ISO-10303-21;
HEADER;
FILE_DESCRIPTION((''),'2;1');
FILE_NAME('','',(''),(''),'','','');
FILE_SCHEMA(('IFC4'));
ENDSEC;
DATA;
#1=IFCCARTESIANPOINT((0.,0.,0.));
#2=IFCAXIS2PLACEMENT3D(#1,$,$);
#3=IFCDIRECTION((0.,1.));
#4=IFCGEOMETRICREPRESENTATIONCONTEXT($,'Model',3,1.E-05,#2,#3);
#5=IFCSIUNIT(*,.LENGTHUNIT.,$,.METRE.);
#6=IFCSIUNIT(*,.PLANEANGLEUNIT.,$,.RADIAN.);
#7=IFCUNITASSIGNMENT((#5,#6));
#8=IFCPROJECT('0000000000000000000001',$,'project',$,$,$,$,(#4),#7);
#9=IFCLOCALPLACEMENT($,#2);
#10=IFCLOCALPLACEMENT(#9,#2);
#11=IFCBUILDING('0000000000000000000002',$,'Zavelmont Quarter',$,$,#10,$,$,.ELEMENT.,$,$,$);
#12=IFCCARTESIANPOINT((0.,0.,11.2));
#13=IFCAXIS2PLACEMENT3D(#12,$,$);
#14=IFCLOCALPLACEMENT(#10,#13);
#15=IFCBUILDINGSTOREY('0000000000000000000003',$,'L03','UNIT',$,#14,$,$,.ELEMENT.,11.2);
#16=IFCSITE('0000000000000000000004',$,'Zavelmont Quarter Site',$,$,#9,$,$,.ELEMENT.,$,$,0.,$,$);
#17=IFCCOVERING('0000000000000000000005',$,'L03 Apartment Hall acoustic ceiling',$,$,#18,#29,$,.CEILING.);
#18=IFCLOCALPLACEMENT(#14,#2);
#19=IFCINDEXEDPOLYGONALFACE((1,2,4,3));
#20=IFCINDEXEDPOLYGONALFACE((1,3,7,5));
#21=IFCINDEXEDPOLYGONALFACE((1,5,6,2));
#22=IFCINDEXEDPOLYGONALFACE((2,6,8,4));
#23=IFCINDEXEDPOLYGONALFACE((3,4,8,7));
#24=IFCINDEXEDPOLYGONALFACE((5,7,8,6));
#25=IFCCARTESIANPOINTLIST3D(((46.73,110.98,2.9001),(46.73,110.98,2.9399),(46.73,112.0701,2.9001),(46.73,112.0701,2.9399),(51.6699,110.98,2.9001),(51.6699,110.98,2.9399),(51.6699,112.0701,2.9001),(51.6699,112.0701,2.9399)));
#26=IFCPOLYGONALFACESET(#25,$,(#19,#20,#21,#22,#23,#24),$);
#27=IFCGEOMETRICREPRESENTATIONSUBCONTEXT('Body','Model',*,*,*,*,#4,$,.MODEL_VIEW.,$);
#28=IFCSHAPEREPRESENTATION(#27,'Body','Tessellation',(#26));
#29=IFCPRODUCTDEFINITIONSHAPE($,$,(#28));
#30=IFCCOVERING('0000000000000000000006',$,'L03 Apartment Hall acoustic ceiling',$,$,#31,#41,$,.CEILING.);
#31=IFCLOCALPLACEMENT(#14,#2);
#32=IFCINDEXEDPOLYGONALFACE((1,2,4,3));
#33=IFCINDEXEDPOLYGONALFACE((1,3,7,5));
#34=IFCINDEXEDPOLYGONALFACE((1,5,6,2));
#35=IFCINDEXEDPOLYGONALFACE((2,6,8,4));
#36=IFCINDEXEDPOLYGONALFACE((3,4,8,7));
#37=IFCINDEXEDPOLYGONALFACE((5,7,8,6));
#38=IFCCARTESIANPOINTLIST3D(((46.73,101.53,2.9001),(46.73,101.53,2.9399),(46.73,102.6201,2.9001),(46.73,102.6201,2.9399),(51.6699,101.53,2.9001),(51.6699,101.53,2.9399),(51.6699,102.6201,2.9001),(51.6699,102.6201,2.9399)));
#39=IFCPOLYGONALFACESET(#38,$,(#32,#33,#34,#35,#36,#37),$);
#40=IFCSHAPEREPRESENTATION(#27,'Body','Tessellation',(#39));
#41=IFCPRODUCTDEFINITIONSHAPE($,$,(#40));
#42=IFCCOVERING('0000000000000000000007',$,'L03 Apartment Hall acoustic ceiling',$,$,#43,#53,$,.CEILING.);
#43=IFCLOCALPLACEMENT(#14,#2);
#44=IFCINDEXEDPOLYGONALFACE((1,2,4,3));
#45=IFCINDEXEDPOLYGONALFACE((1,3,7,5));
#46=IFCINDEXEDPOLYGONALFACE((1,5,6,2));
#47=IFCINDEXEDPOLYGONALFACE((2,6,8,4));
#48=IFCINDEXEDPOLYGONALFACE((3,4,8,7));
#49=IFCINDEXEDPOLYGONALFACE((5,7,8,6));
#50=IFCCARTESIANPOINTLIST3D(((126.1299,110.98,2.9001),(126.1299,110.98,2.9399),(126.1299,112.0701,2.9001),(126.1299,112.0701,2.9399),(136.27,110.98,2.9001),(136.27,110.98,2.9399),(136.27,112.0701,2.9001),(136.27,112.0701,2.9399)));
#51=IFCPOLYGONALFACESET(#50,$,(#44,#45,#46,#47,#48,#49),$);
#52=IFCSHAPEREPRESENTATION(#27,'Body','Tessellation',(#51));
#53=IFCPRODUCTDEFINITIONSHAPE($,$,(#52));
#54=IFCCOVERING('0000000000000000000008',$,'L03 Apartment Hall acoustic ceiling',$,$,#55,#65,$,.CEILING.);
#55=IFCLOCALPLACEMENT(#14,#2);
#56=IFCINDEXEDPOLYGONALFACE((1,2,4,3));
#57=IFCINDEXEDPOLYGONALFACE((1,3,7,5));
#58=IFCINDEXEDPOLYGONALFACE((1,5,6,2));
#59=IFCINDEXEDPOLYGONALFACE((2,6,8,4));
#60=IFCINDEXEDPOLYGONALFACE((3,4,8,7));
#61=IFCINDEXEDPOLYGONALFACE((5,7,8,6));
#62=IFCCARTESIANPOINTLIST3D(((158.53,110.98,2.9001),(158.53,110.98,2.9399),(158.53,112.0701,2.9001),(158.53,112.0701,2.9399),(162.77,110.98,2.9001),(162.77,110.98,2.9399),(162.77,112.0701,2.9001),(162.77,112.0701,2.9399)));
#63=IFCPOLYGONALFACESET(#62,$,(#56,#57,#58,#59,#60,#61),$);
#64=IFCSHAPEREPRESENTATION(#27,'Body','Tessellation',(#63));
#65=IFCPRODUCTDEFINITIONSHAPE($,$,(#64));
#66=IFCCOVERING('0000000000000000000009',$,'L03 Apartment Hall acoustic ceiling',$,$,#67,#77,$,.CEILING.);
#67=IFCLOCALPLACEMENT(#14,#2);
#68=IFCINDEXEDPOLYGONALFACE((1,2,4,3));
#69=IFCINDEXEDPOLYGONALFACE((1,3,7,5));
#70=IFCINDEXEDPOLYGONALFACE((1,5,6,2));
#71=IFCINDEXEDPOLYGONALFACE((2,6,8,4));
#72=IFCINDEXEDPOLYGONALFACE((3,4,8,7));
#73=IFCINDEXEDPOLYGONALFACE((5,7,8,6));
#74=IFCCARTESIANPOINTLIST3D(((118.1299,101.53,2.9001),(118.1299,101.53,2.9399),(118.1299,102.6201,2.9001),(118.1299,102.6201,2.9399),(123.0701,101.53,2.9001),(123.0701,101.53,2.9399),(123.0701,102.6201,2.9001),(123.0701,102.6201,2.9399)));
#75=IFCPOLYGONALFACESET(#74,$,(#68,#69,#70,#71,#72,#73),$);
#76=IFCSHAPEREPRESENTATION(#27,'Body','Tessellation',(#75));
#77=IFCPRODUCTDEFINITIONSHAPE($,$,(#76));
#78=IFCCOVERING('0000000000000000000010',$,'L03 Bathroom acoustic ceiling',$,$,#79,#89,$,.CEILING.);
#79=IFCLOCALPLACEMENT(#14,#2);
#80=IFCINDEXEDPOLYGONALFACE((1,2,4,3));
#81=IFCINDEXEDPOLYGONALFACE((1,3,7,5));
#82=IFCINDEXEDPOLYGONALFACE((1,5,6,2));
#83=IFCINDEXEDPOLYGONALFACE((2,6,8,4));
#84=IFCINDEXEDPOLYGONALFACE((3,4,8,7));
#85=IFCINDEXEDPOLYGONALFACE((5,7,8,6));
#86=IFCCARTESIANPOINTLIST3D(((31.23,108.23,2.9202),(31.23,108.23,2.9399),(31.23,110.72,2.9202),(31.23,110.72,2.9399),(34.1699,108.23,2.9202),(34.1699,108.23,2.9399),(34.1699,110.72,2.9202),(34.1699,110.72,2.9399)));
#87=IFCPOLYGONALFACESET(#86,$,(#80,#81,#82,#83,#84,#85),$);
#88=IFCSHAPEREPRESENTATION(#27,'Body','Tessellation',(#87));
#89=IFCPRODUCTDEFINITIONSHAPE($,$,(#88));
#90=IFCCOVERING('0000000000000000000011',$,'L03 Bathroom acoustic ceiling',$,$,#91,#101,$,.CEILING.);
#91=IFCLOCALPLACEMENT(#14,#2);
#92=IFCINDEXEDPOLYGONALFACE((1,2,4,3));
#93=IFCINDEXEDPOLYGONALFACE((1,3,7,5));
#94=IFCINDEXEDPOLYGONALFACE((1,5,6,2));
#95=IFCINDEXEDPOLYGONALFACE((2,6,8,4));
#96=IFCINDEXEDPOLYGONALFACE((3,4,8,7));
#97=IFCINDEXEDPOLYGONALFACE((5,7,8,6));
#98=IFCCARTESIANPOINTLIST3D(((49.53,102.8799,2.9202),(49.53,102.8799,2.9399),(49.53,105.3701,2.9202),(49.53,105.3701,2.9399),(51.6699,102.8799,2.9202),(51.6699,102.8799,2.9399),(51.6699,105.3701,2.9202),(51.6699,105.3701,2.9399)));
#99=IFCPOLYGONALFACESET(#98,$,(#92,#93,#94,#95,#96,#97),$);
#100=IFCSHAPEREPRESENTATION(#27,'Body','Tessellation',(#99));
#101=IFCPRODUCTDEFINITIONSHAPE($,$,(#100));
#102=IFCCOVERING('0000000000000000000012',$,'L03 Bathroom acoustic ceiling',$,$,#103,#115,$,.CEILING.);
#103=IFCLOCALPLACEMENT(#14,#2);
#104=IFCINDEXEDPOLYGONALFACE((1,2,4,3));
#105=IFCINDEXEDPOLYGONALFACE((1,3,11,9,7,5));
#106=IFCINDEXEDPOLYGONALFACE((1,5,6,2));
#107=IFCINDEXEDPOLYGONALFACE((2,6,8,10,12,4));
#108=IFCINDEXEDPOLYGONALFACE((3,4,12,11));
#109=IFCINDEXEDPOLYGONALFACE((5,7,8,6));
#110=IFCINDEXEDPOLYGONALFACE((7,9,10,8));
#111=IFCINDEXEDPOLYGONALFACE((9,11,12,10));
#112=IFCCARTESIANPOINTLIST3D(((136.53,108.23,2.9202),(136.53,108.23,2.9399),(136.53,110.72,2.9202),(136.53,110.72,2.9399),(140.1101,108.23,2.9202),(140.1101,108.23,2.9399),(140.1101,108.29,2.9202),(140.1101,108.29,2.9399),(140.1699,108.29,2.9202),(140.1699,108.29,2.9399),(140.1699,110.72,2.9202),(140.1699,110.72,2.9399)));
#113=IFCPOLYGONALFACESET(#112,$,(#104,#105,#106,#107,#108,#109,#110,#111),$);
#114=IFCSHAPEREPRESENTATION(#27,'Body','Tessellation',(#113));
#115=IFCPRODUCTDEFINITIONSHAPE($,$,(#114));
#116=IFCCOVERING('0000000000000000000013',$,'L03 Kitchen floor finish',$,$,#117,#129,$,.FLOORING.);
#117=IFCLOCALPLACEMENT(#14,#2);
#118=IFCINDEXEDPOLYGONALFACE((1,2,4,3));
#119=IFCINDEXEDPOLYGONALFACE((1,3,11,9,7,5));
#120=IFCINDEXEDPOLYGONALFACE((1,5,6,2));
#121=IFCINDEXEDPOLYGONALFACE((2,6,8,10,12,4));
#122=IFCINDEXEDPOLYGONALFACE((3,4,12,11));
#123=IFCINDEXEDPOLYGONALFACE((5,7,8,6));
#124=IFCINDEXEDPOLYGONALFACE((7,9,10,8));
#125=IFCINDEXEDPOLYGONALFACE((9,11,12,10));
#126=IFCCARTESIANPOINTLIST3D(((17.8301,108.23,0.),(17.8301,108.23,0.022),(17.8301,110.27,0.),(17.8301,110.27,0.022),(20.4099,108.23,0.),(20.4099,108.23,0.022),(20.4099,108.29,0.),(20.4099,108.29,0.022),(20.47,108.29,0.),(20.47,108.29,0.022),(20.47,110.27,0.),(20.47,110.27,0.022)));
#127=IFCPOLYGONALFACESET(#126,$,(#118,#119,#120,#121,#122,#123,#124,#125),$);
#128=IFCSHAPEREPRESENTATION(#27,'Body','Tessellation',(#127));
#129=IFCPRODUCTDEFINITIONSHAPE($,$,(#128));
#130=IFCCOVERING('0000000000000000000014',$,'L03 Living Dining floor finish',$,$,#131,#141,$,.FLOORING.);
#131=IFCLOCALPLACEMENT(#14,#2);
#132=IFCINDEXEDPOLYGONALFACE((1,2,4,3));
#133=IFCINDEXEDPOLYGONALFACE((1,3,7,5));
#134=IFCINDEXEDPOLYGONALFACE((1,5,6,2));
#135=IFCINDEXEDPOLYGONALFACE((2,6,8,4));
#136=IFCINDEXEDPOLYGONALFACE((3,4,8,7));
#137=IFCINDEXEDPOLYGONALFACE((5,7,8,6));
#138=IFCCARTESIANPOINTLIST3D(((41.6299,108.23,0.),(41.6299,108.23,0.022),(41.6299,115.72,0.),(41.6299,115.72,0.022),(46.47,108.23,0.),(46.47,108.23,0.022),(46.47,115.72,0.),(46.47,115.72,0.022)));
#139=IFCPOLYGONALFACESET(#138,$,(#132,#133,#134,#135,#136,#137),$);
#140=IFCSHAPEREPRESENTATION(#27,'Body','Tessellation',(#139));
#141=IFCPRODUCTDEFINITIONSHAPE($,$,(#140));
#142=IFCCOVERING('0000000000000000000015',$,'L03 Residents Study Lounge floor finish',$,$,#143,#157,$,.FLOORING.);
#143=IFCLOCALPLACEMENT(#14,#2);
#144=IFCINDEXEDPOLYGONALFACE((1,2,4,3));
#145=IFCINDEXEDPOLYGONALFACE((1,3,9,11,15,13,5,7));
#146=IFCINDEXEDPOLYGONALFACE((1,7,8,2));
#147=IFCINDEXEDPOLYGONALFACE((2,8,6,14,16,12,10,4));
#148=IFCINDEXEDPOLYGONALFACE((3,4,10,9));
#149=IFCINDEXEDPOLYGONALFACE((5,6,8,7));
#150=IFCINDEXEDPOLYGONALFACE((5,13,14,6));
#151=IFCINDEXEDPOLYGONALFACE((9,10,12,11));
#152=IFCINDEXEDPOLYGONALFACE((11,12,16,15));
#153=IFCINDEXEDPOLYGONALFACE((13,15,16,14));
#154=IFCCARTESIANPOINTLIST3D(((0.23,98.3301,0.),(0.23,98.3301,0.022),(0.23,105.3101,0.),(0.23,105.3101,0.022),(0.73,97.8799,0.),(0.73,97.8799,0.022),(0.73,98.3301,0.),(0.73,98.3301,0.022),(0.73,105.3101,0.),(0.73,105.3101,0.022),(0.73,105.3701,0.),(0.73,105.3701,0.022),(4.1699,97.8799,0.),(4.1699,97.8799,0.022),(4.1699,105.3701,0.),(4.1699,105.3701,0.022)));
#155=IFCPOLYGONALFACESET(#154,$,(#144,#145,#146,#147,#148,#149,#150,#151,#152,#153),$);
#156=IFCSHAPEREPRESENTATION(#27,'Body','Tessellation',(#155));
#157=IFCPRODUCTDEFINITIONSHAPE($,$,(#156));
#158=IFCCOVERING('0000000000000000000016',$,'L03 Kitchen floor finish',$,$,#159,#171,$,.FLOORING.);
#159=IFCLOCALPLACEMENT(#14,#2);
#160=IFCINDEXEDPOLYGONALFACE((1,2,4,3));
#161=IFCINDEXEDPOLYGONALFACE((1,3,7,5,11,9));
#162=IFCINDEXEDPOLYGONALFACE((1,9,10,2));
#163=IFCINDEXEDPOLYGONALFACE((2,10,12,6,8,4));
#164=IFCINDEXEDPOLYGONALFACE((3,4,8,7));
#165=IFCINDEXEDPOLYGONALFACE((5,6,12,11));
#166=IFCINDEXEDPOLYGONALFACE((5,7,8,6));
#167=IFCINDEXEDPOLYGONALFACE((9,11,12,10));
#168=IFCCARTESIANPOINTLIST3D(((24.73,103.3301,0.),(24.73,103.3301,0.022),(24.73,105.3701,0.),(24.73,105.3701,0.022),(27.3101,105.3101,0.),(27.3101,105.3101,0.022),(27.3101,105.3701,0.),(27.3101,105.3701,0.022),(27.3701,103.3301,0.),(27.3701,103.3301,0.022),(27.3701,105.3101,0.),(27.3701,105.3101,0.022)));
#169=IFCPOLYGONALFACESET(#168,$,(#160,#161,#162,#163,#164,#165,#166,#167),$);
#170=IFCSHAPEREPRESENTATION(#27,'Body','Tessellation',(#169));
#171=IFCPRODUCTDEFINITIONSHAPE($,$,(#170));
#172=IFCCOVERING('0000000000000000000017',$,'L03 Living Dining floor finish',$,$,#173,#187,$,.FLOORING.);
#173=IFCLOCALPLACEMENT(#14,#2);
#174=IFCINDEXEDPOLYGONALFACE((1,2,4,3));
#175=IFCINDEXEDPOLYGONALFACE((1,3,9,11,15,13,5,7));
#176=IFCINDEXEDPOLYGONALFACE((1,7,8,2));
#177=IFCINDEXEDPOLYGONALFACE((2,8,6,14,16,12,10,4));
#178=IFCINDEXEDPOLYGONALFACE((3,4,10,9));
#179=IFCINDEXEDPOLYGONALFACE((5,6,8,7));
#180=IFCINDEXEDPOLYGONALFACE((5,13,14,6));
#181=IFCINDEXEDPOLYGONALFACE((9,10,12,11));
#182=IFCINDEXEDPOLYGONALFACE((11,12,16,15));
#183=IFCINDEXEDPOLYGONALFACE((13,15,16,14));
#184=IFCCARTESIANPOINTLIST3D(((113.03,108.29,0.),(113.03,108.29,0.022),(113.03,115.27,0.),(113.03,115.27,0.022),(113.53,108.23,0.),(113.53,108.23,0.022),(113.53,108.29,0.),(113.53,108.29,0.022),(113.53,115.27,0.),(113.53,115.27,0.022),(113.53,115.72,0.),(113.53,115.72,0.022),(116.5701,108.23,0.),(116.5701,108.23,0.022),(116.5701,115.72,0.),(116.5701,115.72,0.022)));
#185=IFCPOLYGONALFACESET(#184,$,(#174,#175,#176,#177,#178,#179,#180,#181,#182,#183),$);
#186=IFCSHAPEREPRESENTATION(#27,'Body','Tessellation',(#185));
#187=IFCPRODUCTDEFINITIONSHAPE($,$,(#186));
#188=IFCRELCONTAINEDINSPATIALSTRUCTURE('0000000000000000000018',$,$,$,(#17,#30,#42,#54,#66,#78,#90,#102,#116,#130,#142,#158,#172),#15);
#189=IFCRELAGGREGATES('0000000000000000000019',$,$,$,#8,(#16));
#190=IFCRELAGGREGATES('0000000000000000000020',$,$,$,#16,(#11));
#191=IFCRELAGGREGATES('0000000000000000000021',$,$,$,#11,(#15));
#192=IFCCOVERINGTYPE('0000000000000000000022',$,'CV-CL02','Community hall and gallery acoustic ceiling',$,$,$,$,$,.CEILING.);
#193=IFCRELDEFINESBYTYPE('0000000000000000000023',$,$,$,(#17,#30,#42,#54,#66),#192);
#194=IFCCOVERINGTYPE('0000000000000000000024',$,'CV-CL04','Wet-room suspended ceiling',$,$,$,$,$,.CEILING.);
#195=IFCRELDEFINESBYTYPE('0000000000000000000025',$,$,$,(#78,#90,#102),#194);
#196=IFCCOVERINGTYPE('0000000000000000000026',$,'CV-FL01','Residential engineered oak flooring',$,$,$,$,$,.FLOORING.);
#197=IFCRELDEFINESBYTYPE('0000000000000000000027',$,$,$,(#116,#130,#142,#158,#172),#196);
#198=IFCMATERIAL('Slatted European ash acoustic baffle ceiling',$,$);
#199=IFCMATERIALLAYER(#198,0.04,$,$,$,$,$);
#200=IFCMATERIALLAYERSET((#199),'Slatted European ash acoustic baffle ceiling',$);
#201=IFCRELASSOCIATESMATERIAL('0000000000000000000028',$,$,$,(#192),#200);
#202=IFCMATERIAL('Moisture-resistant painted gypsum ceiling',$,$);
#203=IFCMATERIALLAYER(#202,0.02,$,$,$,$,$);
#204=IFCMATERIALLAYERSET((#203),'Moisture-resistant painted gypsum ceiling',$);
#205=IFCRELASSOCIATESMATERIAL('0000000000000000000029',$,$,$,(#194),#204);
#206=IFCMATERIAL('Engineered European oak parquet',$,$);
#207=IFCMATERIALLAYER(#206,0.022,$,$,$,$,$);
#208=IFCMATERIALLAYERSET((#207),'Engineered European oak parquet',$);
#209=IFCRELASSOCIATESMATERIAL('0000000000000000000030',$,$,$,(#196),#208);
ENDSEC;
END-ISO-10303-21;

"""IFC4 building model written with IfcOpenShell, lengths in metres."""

from ifc_helpers import new_model, si_unit, direction, frame, origin, place, context, subcontext, project, spatial, polyline, outline, extrude, material, layer, layer_set, type_object, element, save


model = new_model("IFC4")

# Units and contexts
model_context = context("Model", 3, precision=1e-05, world=origin(), true_north=direction((0.0, 1.0)))
body_context = subcontext(model_context, "Body", "Model", "MODEL_VIEW")
ifc_project = project(units=[si_unit("LENGTHUNIT", "METRE"), si_unit("PLANEANGLEUNIT", "RADIAN")], contexts=[model_context])

# Site, building, storey
site_placement = place(None, origin())
site = spatial("IfcSite", under=ifc_project, at=site_placement, Name="Zavelmont Quarter Site", CompositionType="ELEMENT", RefElevation=0.0)
building_placement = place(site_placement, origin())
building = spatial("IfcBuilding", under=site, at=building_placement, Name="Zavelmont Quarter", CompositionType="ELEMENT")
storey_placement = place(building_placement, frame((0.0, 0.0, 11.2)))
storey = spatial("IfcBuildingStorey", under=building, at=storey_placement, Name="L03", Description="UNIT", CompositionType="ELEMENT", Elevation=11.2)

# Coverings
ifc_material_1 = material(Name="Slatted European ash acoustic baffle ceiling")
ifc_layer_1 = layer(ifc_material_1, 0.04)
ifc_layer_set_1 = layer_set([ifc_layer_1], Name="Slatted European ash acoustic baffle ceiling")
covering_type_1 = type_object("IfcCoveringType", Name="CV-CL02", Description="Community hall and gallery acoustic ceiling", PredefinedType="CEILING", material=ifc_layer_set_1)
covering_1_placement = place(storey_placement, frame((0.0, 0.0, 2.9001)))
element("IfcCovering", 1, at=covering_1_placement, inside=storey, type_object=covering_type_1, Name="L03 Apartment Hall acoustic ceiling", PredefinedType="CEILING", context=body_context, shape_type="SweptSolid", body=[
    extrude(outline(polyline([(46.73, 112.0701), (51.6699, 112.0701), (51.6699, 110.98), (46.73, 110.98), (46.73, 112.0701)])), origin(), (0.0, 0.0, 1.0), 0.0398),
])
covering_2_placement = place(storey_placement, frame((0.0, 0.0, 2.9001)))
element("IfcCovering", 2, at=covering_2_placement, inside=storey, type_object=covering_type_1, Name="L03 Apartment Hall acoustic ceiling", PredefinedType="CEILING", context=body_context, shape_type="SweptSolid", body=[
    extrude(outline(polyline([(46.73, 102.6201), (51.6699, 102.6201), (51.6699, 101.53), (46.73, 101.53), (46.73, 102.6201)])), origin(), (0.0, 0.0, 1.0), 0.0398),
])
covering_3_placement = place(storey_placement, frame((0.0, 0.0, 2.9001)))
element("IfcCovering", 3, at=covering_3_placement, inside=storey, type_object=covering_type_1, Name="L03 Apartment Hall acoustic ceiling", PredefinedType="CEILING", context=body_context, shape_type="SweptSolid", body=[
    extrude(outline(polyline([(126.1299, 112.0701), (136.27, 112.0701), (136.27, 110.98), (126.1299, 110.98), (126.1299, 112.0701)])), origin(), (0.0, 0.0, 1.0), 0.0398),
])
covering_4_placement = place(storey_placement, frame((0.0, 0.0, 2.9001)))
element("IfcCovering", 4, at=covering_4_placement, inside=storey, type_object=covering_type_1, Name="L03 Apartment Hall acoustic ceiling", PredefinedType="CEILING", context=body_context, shape_type="SweptSolid", body=[
    extrude(outline(polyline([(158.53, 112.0701), (162.77, 112.0701), (162.77, 110.98), (158.53, 110.98), (158.53, 112.0701)])), origin(), (0.0, 0.0, 1.0), 0.0398),
])
covering_5_placement = place(storey_placement, frame((0.0, 0.0, 2.9001)))
element("IfcCovering", 5, at=covering_5_placement, inside=storey, type_object=covering_type_1, Name="L03 Apartment Hall acoustic ceiling", PredefinedType="CEILING", context=body_context, shape_type="SweptSolid", body=[
    extrude(outline(polyline([(118.1299, 102.6201), (123.0701, 102.6201), (123.0701, 101.53), (118.1299, 101.53), (118.1299, 102.6201)])), origin(), (0.0, 0.0, 1.0), 0.0398),
])
ifc_material_2 = material(Name="Moisture-resistant painted gypsum ceiling")
ifc_layer_2 = layer(ifc_material_2, 0.02)
ifc_layer_set_2 = layer_set([ifc_layer_2], Name="Moisture-resistant painted gypsum ceiling")
covering_type_2 = type_object("IfcCoveringType", Name="CV-CL04", Description="Wet-room suspended ceiling", PredefinedType="CEILING", material=ifc_layer_set_2)
covering_6_placement = place(storey_placement, frame((0.0, 0.0, 2.9202)))
element("IfcCovering", 6, at=covering_6_placement, inside=storey, type_object=covering_type_2, Name="L03 Bathroom acoustic ceiling", PredefinedType="CEILING", context=body_context, shape_type="SweptSolid", body=[
    extrude(outline(polyline([(31.23, 110.72), (34.1699, 110.72), (34.1699, 108.23), (31.23, 108.23), (31.23, 110.72)])), origin(), (0.0, 0.0, 1.0), 0.0198),
])
covering_7_placement = place(storey_placement, frame((0.0, 0.0, 2.9202)))
element("IfcCovering", 7, at=covering_7_placement, inside=storey, type_object=covering_type_2, Name="L03 Bathroom acoustic ceiling", PredefinedType="CEILING", context=body_context, shape_type="SweptSolid", body=[
    extrude(outline(polyline([(49.53, 105.3701), (51.6699, 105.3701), (51.6699, 102.8799), (49.53, 102.8799), (49.53, 105.3701)])), origin(), (0.0, 0.0, 1.0), 0.0198),
])
covering_8_placement = place(storey_placement, frame((0.0, 0.0, 2.9202)))
element("IfcCovering", 8, at=covering_8_placement, inside=storey, type_object=covering_type_2, Name="L03 Bathroom acoustic ceiling", PredefinedType="CEILING", context=body_context, shape_type="SweptSolid", body=[
    extrude(outline(polyline([(136.53, 110.72), (140.1699, 110.72), (140.1699, 108.29), (140.1101, 108.29), (140.1101, 108.23), (136.53, 108.23), (136.53, 110.72)])), origin(), (0.0, 0.0, 1.0), 0.0198),
])
ifc_material_3 = material(Name="Engineered European oak parquet")
ifc_layer_3 = layer(ifc_material_3, 0.022)
ifc_layer_set_3 = layer_set([ifc_layer_3], Name="Engineered European oak parquet")
covering_type_3 = type_object("IfcCoveringType", Name="CV-FL01", Description="Residential engineered oak flooring", PredefinedType="FLOORING", material=ifc_layer_set_3)
covering_9_placement = place(storey_placement, origin())
element("IfcCovering", 9, at=covering_9_placement, inside=storey, type_object=covering_type_3, Name="L03 Kitchen floor finish", PredefinedType="FLOORING", context=body_context, shape_type="SweptSolid", body=[
    extrude(outline(polyline([(17.8301, 110.27), (20.47, 110.27), (20.47, 108.29), (20.4099, 108.29), (20.4099, 108.23), (17.8301, 108.23), (17.8301, 110.27)])), origin(), (0.0, 0.0, 1.0), 0.022),
])
covering_10_placement = place(storey_placement, origin())
element("IfcCovering", 10, at=covering_10_placement, inside=storey, type_object=covering_type_3, Name="L03 Living Dining floor finish", PredefinedType="FLOORING", context=body_context, shape_type="SweptSolid", body=[
    extrude(outline(polyline([(41.6299, 115.72), (46.47, 115.72), (46.47, 108.23), (41.6299, 108.23), (41.6299, 115.72)])), origin(), (0.0, 0.0, 1.0), 0.022),
])
covering_11_placement = place(storey_placement, origin())
element("IfcCovering", 11, at=covering_11_placement, inside=storey, type_object=covering_type_3, Name="L03 Residents Study Lounge floor finish", PredefinedType="FLOORING", context=body_context, shape_type="SweptSolid", body=[
    extrude(outline(polyline([(0.23, 105.3101), (0.73, 105.3101), (0.73, 105.3701), (4.1699, 105.3701), (4.1699, 97.8799), (0.73, 97.8799), (0.73, 98.3301), (0.23, 98.3301), (0.23, 105.3101)])), origin(), (0.0, 0.0, 1.0), 0.022),
])
covering_12_placement = place(storey_placement, origin())
element("IfcCovering", 12, at=covering_12_placement, inside=storey, type_object=covering_type_3, Name="L03 Kitchen floor finish", PredefinedType="FLOORING", context=body_context, shape_type="SweptSolid", body=[
    extrude(outline(polyline([(24.73, 105.3701), (27.3101, 105.3701), (27.3101, 105.3101), (27.3701, 105.3101), (27.3701, 103.3301), (24.73, 103.3301), (24.73, 105.3701)])), origin(), (0.0, 0.0, 1.0), 0.022),
])
covering_13_placement = place(storey_placement, origin())
element("IfcCovering", 13, at=covering_13_placement, inside=storey, type_object=covering_type_3, Name="L03 Living Dining floor finish", PredefinedType="FLOORING", context=body_context, shape_type="SweptSolid", body=[
    extrude(outline(polyline([(113.03, 115.27), (113.53, 115.27), (113.53, 115.72), (116.5701, 115.72), (116.5701, 108.23), (113.53, 108.23), (113.53, 108.29), (113.03, 108.29), (113.03, 115.27)])), origin(), (0.0, 0.0, 1.0), 0.022),
])

save(model, "model.ifc")
